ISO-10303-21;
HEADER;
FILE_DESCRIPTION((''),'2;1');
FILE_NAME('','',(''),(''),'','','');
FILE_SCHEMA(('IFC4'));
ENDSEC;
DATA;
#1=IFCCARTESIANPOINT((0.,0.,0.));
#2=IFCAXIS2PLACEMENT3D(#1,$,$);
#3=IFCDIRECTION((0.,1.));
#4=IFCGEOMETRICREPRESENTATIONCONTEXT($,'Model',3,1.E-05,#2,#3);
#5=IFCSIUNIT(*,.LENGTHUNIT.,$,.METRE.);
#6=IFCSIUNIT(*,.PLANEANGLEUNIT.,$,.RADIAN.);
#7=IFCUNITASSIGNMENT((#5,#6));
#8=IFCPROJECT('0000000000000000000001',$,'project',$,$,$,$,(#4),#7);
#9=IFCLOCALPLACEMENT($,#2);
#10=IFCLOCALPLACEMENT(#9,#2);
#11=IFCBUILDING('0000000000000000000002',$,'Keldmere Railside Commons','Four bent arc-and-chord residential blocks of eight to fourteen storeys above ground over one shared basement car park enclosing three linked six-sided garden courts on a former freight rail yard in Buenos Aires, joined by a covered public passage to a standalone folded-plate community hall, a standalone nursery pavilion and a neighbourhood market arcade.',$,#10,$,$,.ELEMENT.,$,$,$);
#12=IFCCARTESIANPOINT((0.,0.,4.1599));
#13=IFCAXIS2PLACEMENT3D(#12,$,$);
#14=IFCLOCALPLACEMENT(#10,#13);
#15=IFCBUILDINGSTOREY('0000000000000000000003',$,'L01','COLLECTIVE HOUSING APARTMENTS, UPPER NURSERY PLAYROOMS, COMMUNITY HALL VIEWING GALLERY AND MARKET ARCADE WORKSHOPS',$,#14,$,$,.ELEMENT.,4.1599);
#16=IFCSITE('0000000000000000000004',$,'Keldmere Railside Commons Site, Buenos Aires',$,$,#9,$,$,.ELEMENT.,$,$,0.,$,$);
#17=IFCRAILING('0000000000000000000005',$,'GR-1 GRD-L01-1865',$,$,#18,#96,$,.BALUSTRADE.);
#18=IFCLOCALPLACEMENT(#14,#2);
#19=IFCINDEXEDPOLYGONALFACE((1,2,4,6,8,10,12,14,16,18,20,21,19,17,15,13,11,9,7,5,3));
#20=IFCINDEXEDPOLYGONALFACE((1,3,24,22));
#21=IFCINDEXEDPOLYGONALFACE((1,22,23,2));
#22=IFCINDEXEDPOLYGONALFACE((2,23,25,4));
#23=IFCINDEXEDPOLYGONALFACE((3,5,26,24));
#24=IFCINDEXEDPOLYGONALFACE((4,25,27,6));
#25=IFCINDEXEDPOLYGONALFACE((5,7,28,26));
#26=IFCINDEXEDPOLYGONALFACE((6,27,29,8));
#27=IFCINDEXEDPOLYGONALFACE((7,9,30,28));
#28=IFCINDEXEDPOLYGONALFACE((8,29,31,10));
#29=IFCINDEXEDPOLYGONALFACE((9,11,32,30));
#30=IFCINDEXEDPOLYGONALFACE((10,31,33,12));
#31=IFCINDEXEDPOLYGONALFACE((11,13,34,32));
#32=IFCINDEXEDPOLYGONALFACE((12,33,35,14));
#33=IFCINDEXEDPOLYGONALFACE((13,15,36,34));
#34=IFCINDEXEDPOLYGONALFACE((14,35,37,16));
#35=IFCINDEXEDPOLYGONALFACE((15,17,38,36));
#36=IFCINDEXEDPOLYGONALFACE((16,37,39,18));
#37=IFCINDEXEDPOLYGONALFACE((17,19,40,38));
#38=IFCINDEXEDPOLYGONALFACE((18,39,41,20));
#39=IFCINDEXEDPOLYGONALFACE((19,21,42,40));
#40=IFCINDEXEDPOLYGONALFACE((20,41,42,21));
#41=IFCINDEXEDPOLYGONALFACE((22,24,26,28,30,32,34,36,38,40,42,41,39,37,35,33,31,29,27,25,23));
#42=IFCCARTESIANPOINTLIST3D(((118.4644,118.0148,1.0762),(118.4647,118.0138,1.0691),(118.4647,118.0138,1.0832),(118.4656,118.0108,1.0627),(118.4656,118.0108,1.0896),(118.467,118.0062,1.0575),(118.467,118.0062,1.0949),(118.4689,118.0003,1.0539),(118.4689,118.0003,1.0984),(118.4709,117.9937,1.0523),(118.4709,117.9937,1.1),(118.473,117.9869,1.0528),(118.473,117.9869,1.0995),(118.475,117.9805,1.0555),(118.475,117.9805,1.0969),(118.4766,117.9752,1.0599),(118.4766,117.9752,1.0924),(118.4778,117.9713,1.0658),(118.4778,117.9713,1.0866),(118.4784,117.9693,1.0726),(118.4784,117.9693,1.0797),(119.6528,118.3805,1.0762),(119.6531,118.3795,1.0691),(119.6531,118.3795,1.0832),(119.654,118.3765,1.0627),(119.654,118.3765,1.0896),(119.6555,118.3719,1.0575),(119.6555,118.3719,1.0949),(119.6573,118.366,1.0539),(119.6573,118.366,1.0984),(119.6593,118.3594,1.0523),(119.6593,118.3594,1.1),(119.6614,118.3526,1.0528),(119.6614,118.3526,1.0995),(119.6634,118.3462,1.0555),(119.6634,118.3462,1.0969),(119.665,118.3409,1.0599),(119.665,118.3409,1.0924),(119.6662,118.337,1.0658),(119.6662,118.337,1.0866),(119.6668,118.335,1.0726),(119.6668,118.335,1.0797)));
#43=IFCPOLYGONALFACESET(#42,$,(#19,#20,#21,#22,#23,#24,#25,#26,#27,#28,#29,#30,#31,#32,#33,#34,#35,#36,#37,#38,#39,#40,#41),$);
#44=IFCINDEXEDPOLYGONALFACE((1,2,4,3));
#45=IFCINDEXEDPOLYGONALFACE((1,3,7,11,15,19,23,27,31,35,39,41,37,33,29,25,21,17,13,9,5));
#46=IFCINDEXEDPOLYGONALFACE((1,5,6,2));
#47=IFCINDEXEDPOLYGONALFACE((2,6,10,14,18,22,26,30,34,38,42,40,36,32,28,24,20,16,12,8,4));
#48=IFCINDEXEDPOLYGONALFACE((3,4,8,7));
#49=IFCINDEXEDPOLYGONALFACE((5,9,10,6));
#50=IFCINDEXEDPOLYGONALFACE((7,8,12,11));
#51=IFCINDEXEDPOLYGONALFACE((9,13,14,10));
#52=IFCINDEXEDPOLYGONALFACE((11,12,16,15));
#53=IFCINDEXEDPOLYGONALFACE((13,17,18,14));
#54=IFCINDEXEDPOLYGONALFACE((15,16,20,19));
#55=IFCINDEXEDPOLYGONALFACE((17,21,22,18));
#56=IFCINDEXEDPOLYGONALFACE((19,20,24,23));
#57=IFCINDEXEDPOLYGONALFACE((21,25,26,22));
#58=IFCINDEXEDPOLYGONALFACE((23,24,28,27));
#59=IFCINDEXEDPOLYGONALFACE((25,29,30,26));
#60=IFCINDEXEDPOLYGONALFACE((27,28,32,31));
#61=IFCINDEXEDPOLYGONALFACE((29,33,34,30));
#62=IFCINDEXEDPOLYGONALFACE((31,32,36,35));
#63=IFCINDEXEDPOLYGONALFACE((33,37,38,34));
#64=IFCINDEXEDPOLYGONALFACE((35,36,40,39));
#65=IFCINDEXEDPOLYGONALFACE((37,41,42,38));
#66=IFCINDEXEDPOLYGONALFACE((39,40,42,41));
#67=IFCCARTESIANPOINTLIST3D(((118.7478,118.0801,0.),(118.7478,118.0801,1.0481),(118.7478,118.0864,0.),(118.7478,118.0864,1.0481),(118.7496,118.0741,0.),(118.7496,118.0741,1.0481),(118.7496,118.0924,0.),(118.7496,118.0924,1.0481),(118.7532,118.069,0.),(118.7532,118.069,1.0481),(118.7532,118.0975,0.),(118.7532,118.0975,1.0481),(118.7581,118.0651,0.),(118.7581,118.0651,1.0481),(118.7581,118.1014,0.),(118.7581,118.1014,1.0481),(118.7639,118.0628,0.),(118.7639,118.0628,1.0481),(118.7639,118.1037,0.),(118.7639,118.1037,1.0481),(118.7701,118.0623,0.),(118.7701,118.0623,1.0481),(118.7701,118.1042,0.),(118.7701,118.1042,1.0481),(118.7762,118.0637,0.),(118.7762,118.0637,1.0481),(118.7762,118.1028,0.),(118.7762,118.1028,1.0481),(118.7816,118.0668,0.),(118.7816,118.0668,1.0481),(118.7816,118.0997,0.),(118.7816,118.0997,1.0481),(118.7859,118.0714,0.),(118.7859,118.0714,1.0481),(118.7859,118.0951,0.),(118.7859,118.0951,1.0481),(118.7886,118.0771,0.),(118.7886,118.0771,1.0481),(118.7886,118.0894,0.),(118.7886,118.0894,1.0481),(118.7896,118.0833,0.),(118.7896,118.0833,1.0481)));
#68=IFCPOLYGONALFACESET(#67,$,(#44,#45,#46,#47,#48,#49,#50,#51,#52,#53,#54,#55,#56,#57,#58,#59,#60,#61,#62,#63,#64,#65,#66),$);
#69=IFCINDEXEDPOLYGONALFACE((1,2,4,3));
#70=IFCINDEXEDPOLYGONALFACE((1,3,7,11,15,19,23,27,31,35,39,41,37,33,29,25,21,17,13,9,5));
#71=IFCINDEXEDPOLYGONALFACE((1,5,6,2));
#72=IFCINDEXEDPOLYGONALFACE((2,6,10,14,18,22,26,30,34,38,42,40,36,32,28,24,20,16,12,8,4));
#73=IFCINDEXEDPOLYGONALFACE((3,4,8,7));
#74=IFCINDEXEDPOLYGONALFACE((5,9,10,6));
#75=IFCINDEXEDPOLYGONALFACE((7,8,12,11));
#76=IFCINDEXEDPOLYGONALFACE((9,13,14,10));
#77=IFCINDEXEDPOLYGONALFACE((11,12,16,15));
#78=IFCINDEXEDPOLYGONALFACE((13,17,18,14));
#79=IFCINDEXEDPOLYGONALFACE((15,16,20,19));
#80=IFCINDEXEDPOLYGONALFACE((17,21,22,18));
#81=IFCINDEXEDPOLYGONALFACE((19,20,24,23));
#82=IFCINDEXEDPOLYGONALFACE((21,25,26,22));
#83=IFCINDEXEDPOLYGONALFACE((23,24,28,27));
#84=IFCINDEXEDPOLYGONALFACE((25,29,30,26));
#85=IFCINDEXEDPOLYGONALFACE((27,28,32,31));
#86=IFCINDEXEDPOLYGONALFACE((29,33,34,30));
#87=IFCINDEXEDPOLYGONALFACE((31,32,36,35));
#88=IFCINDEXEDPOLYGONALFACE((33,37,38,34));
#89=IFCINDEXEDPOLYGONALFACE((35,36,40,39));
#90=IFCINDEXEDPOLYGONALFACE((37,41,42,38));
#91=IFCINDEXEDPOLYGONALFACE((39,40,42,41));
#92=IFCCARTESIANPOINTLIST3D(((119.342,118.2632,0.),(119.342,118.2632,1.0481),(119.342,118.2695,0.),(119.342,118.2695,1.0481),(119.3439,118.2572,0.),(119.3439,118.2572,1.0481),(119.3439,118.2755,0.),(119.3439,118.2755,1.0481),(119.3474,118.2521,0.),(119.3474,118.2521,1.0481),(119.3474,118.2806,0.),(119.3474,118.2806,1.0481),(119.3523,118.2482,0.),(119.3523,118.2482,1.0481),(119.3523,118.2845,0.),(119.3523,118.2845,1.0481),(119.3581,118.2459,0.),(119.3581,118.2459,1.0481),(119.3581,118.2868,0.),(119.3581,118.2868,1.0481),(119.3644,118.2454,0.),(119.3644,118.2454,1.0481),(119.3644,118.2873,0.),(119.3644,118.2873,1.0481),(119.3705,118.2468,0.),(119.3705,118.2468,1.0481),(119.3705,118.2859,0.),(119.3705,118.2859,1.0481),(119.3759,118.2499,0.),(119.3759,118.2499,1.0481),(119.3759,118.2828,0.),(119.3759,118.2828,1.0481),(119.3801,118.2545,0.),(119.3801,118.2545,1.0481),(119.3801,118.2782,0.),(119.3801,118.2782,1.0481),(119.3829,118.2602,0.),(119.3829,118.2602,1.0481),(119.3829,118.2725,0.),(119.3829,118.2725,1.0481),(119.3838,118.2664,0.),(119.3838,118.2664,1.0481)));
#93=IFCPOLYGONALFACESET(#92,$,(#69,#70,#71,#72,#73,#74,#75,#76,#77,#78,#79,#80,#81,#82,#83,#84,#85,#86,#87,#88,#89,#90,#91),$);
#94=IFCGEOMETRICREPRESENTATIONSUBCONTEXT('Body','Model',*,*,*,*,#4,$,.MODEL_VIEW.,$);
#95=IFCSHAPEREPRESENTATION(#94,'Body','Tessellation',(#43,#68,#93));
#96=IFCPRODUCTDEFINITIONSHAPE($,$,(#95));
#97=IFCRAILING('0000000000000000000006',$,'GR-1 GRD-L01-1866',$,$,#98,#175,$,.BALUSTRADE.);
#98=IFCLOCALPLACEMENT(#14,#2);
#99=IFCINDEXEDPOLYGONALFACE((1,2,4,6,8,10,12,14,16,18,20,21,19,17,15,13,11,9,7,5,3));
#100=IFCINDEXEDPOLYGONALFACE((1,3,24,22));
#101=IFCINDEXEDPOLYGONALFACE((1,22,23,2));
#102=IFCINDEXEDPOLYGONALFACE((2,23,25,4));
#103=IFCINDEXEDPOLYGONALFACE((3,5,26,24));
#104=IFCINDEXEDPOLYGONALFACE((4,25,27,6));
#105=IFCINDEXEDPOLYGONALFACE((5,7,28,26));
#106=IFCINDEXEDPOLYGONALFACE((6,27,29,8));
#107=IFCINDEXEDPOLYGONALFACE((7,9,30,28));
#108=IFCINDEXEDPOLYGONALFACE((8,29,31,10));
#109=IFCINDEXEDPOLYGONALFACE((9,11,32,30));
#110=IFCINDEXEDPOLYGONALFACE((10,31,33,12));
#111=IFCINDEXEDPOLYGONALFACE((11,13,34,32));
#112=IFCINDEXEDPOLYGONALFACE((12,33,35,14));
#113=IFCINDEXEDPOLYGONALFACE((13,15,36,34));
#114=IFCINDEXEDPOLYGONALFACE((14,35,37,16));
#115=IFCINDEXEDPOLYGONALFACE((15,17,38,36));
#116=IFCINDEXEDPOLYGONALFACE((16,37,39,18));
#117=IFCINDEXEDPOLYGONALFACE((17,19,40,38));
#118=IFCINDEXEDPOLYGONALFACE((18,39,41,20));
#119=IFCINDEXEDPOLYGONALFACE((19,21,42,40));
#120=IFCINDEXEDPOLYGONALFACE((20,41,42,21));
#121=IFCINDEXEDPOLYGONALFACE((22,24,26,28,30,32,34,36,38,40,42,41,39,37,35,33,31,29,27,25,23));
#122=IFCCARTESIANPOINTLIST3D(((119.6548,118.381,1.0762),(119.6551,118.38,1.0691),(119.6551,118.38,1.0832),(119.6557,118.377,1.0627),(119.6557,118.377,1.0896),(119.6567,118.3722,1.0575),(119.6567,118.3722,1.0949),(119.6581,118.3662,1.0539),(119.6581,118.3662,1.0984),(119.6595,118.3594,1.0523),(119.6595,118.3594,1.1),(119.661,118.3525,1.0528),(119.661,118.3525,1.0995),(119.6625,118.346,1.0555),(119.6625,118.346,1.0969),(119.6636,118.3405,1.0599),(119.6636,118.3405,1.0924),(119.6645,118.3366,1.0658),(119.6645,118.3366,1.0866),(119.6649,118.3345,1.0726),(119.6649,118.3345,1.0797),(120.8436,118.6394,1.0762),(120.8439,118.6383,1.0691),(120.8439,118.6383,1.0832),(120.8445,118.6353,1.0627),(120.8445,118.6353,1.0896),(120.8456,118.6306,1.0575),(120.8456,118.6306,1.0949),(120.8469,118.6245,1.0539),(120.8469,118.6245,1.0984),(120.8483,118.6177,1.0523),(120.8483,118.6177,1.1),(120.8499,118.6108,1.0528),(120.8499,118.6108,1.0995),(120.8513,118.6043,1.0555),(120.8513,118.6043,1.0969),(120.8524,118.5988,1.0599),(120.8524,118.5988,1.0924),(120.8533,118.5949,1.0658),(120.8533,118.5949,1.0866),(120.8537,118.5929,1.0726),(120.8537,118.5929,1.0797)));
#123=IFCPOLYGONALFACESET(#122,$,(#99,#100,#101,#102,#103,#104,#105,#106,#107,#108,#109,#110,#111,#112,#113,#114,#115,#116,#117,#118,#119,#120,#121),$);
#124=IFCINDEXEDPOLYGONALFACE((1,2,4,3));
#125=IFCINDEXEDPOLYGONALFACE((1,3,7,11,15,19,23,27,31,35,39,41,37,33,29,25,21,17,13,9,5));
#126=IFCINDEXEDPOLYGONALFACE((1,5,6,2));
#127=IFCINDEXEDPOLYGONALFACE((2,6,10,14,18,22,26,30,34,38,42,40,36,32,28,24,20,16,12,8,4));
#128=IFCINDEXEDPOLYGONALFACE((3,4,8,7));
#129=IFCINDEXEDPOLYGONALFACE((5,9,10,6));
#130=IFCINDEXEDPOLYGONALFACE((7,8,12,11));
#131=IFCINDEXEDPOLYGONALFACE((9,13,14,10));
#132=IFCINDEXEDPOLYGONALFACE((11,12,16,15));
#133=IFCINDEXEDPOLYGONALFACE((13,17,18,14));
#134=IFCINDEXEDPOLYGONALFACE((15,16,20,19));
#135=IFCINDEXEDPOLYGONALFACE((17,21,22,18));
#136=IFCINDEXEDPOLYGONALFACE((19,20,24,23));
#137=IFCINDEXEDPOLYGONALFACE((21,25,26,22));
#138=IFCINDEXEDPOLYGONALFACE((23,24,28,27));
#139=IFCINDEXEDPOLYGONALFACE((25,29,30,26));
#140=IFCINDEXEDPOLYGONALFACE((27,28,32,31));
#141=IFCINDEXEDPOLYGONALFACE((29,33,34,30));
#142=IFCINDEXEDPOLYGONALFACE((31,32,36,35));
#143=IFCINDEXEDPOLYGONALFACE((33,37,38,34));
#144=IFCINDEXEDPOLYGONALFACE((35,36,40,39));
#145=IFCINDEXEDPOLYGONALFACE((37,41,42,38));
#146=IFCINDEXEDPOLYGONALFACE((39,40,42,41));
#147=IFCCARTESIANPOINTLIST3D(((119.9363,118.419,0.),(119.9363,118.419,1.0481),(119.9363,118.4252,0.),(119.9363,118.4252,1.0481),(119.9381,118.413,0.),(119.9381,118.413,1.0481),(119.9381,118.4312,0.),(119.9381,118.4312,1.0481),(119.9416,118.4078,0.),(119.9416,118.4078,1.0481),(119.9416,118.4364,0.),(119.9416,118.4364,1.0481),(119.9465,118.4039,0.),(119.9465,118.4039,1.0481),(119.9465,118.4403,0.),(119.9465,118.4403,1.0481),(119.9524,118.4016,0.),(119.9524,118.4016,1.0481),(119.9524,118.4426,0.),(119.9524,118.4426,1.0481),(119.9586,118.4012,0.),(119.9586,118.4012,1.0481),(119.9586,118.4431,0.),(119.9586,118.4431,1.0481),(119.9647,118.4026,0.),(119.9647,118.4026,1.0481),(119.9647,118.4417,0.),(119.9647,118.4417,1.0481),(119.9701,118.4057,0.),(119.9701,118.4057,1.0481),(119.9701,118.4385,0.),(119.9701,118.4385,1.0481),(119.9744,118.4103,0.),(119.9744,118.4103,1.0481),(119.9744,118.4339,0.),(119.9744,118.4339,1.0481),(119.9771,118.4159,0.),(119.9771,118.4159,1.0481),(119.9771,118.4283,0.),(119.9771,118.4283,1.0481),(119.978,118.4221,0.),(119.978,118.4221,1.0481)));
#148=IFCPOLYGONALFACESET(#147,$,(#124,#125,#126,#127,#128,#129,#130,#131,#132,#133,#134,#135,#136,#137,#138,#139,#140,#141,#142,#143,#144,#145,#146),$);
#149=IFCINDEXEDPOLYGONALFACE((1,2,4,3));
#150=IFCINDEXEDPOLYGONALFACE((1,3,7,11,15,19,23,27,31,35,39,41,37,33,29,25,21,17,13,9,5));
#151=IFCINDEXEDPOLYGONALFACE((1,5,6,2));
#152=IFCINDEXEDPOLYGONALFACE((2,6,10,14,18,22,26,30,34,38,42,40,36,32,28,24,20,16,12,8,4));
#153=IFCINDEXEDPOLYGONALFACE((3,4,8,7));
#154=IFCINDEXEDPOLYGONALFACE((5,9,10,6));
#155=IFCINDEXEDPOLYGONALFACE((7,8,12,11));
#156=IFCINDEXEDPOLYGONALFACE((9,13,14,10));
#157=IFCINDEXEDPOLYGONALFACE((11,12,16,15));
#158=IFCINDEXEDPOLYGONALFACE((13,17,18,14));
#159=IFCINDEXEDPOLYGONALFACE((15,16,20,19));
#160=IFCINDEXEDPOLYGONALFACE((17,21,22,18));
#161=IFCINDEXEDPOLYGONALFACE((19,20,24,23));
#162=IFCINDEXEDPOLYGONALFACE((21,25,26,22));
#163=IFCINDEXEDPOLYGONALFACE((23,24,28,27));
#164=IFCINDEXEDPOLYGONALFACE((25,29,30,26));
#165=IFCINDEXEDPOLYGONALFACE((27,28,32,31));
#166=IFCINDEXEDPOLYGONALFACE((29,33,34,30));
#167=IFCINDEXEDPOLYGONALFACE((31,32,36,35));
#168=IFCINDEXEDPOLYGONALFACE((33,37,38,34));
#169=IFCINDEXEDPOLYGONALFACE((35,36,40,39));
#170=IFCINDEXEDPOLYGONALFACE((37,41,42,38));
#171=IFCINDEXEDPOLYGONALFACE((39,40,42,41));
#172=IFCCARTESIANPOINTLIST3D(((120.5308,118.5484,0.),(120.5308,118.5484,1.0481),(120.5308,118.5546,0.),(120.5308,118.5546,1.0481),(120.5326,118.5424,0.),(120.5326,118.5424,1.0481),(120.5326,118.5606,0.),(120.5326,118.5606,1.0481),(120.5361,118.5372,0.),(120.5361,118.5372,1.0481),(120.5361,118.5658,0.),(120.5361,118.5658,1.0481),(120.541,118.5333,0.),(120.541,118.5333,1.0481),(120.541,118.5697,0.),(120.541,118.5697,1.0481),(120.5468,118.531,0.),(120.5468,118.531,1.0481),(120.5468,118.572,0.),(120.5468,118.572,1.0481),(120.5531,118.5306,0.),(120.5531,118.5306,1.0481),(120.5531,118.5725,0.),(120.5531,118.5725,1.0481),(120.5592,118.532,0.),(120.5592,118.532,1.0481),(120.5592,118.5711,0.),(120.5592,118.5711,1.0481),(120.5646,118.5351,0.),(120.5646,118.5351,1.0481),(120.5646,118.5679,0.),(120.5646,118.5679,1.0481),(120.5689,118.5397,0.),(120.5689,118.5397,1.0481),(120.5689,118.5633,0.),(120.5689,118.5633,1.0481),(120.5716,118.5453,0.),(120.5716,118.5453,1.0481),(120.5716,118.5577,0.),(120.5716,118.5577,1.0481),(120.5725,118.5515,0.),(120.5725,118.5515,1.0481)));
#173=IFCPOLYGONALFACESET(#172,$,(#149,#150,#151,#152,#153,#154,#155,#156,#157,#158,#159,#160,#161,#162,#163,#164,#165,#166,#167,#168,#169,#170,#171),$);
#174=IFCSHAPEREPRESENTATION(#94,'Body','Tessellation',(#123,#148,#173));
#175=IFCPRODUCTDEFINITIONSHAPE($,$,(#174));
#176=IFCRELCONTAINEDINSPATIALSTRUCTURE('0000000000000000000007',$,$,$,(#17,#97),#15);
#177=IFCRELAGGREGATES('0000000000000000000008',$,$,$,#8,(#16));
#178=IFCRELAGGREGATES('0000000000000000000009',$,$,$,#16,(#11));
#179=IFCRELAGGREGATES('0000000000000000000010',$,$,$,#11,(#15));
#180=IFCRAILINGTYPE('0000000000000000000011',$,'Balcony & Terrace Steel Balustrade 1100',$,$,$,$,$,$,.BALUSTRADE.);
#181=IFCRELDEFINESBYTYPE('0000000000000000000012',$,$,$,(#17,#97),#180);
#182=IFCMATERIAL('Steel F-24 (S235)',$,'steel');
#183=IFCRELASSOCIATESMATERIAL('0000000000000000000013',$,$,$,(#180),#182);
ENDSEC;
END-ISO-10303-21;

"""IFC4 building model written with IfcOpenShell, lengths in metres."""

from ifc_helpers import new_model, si_unit, direction, frame, origin, origin_2d, place, context, subcontext, project, spatial, circle, extrude, material, type_object, element, save


model = new_model("IFC4")

# Units and contexts
model_context = context("Model", 3, precision=1e-05, world=origin(), true_north=direction((0.0, 1.0)))
body_context = subcontext(model_context, "Body", "Model", "MODEL_VIEW")
ifc_project = project(units=[si_unit("LENGTHUNIT", "METRE"), si_unit("PLANEANGLEUNIT", "RADIAN")], contexts=[model_context])

# Site, building, storey
site_placement = place(None, origin())
site = spatial("IfcSite", under=ifc_project, at=site_placement, Name="Keldmere Railside Commons Site, Buenos Aires", CompositionType="ELEMENT", RefElevation=0.0)
building_placement = place(site_placement, origin())
building = spatial("IfcBuilding", under=site, at=building_placement, Name="Keldmere Railside Commons", Description="Four bent arc-and-chord residential blocks of eight to fourteen storeys above ground over one shared basement car park enclosing three linked six-sided garden courts on a former freight rail yard in Buenos Aires, joined by a covered public passage to a standalone folded-plate community hall, a standalone nursery pavilion and a neighbourhood market arcade.", CompositionType="ELEMENT")
storey_placement = place(building_placement, frame((0.0, 0.0, 4.1599)))
storey = spatial("IfcBuildingStorey", under=building, at=storey_placement, Name="L01", Description="COLLECTIVE HOUSING APARTMENTS, UPPER NURSERY PLAYROOMS, COMMUNITY HALL VIEWING GALLERY AND MARKET ARCADE WORKSHOPS", CompositionType="ELEMENT", Elevation=4.1599)

# Railings
ifc_material_1 = material(Name="Steel F-24 (S235)", Category="steel")
railing_type = type_object("IfcRailingType", Name="Balcony & Terrace Steel Balustrade 1100", PredefinedType="BALUSTRADE", material=ifc_material_1)
railing_1_placement = place(storey_placement, frame((118.4714, 117.9919, 0.0)))
element("IfcRailing", 1, at=railing_1_placement, inside=storey, type_object=railing_type, Name="GR-1 GRD-L01-1865", PredefinedType="BALUSTRADE", context=body_context, shape_type="SweptSolid", body=[
    extrude(circle(Radius=0.0239, at=origin_2d()), frame((0.0, 0.0, 1.0762), z_axis=(0.955771, 0.294113, 0.0), x_axis=(-0.294113, 0.955771, 0.0)), (0.0, 0.0, 1.0), 1.2434),
    extrude(circle(Radius=0.021, at=origin_2d()), frame((0.2971, 0.0913, 0.0)), (0.0, 0.0, 1.0), 1.0481),
    extrude(circle(Radius=0.021, at=origin_2d()), frame((0.8914, 0.2744, 0.0)), (0.0, 0.0, 1.0), 1.0481),
])
railing_2_placement = place(storey_placement, frame((119.6599, 118.3577, 0.0)))
element("IfcRailing", 2, at=railing_2_placement, inside=storey, type_object=railing_type, Name="GR-1 GRD-L01-1866", PredefinedType="BALUSTRADE", context=body_context, shape_type="SweptSolid", body=[
    extrude(circle(Radius=0.0239, at=origin_2d()), frame((0.0, 0.0, 1.0762), z_axis=(0.977196, 0.212338, 0.0), x_axis=(-0.212338, 0.977196, 0.0)), (0.0, 0.0, 1.0), 1.2166),
    extrude(circle(Radius=0.021, at=origin_2d()), frame((0.2971, 0.0645, 0.0)), (0.0, 0.0, 1.0), 1.0481),
    extrude(circle(Radius=0.021, at=origin_2d()), frame((0.8916, 0.1938, 0.0)), (0.0, 0.0, 1.0), 1.0481),
])

save(model, "model.ifc")
